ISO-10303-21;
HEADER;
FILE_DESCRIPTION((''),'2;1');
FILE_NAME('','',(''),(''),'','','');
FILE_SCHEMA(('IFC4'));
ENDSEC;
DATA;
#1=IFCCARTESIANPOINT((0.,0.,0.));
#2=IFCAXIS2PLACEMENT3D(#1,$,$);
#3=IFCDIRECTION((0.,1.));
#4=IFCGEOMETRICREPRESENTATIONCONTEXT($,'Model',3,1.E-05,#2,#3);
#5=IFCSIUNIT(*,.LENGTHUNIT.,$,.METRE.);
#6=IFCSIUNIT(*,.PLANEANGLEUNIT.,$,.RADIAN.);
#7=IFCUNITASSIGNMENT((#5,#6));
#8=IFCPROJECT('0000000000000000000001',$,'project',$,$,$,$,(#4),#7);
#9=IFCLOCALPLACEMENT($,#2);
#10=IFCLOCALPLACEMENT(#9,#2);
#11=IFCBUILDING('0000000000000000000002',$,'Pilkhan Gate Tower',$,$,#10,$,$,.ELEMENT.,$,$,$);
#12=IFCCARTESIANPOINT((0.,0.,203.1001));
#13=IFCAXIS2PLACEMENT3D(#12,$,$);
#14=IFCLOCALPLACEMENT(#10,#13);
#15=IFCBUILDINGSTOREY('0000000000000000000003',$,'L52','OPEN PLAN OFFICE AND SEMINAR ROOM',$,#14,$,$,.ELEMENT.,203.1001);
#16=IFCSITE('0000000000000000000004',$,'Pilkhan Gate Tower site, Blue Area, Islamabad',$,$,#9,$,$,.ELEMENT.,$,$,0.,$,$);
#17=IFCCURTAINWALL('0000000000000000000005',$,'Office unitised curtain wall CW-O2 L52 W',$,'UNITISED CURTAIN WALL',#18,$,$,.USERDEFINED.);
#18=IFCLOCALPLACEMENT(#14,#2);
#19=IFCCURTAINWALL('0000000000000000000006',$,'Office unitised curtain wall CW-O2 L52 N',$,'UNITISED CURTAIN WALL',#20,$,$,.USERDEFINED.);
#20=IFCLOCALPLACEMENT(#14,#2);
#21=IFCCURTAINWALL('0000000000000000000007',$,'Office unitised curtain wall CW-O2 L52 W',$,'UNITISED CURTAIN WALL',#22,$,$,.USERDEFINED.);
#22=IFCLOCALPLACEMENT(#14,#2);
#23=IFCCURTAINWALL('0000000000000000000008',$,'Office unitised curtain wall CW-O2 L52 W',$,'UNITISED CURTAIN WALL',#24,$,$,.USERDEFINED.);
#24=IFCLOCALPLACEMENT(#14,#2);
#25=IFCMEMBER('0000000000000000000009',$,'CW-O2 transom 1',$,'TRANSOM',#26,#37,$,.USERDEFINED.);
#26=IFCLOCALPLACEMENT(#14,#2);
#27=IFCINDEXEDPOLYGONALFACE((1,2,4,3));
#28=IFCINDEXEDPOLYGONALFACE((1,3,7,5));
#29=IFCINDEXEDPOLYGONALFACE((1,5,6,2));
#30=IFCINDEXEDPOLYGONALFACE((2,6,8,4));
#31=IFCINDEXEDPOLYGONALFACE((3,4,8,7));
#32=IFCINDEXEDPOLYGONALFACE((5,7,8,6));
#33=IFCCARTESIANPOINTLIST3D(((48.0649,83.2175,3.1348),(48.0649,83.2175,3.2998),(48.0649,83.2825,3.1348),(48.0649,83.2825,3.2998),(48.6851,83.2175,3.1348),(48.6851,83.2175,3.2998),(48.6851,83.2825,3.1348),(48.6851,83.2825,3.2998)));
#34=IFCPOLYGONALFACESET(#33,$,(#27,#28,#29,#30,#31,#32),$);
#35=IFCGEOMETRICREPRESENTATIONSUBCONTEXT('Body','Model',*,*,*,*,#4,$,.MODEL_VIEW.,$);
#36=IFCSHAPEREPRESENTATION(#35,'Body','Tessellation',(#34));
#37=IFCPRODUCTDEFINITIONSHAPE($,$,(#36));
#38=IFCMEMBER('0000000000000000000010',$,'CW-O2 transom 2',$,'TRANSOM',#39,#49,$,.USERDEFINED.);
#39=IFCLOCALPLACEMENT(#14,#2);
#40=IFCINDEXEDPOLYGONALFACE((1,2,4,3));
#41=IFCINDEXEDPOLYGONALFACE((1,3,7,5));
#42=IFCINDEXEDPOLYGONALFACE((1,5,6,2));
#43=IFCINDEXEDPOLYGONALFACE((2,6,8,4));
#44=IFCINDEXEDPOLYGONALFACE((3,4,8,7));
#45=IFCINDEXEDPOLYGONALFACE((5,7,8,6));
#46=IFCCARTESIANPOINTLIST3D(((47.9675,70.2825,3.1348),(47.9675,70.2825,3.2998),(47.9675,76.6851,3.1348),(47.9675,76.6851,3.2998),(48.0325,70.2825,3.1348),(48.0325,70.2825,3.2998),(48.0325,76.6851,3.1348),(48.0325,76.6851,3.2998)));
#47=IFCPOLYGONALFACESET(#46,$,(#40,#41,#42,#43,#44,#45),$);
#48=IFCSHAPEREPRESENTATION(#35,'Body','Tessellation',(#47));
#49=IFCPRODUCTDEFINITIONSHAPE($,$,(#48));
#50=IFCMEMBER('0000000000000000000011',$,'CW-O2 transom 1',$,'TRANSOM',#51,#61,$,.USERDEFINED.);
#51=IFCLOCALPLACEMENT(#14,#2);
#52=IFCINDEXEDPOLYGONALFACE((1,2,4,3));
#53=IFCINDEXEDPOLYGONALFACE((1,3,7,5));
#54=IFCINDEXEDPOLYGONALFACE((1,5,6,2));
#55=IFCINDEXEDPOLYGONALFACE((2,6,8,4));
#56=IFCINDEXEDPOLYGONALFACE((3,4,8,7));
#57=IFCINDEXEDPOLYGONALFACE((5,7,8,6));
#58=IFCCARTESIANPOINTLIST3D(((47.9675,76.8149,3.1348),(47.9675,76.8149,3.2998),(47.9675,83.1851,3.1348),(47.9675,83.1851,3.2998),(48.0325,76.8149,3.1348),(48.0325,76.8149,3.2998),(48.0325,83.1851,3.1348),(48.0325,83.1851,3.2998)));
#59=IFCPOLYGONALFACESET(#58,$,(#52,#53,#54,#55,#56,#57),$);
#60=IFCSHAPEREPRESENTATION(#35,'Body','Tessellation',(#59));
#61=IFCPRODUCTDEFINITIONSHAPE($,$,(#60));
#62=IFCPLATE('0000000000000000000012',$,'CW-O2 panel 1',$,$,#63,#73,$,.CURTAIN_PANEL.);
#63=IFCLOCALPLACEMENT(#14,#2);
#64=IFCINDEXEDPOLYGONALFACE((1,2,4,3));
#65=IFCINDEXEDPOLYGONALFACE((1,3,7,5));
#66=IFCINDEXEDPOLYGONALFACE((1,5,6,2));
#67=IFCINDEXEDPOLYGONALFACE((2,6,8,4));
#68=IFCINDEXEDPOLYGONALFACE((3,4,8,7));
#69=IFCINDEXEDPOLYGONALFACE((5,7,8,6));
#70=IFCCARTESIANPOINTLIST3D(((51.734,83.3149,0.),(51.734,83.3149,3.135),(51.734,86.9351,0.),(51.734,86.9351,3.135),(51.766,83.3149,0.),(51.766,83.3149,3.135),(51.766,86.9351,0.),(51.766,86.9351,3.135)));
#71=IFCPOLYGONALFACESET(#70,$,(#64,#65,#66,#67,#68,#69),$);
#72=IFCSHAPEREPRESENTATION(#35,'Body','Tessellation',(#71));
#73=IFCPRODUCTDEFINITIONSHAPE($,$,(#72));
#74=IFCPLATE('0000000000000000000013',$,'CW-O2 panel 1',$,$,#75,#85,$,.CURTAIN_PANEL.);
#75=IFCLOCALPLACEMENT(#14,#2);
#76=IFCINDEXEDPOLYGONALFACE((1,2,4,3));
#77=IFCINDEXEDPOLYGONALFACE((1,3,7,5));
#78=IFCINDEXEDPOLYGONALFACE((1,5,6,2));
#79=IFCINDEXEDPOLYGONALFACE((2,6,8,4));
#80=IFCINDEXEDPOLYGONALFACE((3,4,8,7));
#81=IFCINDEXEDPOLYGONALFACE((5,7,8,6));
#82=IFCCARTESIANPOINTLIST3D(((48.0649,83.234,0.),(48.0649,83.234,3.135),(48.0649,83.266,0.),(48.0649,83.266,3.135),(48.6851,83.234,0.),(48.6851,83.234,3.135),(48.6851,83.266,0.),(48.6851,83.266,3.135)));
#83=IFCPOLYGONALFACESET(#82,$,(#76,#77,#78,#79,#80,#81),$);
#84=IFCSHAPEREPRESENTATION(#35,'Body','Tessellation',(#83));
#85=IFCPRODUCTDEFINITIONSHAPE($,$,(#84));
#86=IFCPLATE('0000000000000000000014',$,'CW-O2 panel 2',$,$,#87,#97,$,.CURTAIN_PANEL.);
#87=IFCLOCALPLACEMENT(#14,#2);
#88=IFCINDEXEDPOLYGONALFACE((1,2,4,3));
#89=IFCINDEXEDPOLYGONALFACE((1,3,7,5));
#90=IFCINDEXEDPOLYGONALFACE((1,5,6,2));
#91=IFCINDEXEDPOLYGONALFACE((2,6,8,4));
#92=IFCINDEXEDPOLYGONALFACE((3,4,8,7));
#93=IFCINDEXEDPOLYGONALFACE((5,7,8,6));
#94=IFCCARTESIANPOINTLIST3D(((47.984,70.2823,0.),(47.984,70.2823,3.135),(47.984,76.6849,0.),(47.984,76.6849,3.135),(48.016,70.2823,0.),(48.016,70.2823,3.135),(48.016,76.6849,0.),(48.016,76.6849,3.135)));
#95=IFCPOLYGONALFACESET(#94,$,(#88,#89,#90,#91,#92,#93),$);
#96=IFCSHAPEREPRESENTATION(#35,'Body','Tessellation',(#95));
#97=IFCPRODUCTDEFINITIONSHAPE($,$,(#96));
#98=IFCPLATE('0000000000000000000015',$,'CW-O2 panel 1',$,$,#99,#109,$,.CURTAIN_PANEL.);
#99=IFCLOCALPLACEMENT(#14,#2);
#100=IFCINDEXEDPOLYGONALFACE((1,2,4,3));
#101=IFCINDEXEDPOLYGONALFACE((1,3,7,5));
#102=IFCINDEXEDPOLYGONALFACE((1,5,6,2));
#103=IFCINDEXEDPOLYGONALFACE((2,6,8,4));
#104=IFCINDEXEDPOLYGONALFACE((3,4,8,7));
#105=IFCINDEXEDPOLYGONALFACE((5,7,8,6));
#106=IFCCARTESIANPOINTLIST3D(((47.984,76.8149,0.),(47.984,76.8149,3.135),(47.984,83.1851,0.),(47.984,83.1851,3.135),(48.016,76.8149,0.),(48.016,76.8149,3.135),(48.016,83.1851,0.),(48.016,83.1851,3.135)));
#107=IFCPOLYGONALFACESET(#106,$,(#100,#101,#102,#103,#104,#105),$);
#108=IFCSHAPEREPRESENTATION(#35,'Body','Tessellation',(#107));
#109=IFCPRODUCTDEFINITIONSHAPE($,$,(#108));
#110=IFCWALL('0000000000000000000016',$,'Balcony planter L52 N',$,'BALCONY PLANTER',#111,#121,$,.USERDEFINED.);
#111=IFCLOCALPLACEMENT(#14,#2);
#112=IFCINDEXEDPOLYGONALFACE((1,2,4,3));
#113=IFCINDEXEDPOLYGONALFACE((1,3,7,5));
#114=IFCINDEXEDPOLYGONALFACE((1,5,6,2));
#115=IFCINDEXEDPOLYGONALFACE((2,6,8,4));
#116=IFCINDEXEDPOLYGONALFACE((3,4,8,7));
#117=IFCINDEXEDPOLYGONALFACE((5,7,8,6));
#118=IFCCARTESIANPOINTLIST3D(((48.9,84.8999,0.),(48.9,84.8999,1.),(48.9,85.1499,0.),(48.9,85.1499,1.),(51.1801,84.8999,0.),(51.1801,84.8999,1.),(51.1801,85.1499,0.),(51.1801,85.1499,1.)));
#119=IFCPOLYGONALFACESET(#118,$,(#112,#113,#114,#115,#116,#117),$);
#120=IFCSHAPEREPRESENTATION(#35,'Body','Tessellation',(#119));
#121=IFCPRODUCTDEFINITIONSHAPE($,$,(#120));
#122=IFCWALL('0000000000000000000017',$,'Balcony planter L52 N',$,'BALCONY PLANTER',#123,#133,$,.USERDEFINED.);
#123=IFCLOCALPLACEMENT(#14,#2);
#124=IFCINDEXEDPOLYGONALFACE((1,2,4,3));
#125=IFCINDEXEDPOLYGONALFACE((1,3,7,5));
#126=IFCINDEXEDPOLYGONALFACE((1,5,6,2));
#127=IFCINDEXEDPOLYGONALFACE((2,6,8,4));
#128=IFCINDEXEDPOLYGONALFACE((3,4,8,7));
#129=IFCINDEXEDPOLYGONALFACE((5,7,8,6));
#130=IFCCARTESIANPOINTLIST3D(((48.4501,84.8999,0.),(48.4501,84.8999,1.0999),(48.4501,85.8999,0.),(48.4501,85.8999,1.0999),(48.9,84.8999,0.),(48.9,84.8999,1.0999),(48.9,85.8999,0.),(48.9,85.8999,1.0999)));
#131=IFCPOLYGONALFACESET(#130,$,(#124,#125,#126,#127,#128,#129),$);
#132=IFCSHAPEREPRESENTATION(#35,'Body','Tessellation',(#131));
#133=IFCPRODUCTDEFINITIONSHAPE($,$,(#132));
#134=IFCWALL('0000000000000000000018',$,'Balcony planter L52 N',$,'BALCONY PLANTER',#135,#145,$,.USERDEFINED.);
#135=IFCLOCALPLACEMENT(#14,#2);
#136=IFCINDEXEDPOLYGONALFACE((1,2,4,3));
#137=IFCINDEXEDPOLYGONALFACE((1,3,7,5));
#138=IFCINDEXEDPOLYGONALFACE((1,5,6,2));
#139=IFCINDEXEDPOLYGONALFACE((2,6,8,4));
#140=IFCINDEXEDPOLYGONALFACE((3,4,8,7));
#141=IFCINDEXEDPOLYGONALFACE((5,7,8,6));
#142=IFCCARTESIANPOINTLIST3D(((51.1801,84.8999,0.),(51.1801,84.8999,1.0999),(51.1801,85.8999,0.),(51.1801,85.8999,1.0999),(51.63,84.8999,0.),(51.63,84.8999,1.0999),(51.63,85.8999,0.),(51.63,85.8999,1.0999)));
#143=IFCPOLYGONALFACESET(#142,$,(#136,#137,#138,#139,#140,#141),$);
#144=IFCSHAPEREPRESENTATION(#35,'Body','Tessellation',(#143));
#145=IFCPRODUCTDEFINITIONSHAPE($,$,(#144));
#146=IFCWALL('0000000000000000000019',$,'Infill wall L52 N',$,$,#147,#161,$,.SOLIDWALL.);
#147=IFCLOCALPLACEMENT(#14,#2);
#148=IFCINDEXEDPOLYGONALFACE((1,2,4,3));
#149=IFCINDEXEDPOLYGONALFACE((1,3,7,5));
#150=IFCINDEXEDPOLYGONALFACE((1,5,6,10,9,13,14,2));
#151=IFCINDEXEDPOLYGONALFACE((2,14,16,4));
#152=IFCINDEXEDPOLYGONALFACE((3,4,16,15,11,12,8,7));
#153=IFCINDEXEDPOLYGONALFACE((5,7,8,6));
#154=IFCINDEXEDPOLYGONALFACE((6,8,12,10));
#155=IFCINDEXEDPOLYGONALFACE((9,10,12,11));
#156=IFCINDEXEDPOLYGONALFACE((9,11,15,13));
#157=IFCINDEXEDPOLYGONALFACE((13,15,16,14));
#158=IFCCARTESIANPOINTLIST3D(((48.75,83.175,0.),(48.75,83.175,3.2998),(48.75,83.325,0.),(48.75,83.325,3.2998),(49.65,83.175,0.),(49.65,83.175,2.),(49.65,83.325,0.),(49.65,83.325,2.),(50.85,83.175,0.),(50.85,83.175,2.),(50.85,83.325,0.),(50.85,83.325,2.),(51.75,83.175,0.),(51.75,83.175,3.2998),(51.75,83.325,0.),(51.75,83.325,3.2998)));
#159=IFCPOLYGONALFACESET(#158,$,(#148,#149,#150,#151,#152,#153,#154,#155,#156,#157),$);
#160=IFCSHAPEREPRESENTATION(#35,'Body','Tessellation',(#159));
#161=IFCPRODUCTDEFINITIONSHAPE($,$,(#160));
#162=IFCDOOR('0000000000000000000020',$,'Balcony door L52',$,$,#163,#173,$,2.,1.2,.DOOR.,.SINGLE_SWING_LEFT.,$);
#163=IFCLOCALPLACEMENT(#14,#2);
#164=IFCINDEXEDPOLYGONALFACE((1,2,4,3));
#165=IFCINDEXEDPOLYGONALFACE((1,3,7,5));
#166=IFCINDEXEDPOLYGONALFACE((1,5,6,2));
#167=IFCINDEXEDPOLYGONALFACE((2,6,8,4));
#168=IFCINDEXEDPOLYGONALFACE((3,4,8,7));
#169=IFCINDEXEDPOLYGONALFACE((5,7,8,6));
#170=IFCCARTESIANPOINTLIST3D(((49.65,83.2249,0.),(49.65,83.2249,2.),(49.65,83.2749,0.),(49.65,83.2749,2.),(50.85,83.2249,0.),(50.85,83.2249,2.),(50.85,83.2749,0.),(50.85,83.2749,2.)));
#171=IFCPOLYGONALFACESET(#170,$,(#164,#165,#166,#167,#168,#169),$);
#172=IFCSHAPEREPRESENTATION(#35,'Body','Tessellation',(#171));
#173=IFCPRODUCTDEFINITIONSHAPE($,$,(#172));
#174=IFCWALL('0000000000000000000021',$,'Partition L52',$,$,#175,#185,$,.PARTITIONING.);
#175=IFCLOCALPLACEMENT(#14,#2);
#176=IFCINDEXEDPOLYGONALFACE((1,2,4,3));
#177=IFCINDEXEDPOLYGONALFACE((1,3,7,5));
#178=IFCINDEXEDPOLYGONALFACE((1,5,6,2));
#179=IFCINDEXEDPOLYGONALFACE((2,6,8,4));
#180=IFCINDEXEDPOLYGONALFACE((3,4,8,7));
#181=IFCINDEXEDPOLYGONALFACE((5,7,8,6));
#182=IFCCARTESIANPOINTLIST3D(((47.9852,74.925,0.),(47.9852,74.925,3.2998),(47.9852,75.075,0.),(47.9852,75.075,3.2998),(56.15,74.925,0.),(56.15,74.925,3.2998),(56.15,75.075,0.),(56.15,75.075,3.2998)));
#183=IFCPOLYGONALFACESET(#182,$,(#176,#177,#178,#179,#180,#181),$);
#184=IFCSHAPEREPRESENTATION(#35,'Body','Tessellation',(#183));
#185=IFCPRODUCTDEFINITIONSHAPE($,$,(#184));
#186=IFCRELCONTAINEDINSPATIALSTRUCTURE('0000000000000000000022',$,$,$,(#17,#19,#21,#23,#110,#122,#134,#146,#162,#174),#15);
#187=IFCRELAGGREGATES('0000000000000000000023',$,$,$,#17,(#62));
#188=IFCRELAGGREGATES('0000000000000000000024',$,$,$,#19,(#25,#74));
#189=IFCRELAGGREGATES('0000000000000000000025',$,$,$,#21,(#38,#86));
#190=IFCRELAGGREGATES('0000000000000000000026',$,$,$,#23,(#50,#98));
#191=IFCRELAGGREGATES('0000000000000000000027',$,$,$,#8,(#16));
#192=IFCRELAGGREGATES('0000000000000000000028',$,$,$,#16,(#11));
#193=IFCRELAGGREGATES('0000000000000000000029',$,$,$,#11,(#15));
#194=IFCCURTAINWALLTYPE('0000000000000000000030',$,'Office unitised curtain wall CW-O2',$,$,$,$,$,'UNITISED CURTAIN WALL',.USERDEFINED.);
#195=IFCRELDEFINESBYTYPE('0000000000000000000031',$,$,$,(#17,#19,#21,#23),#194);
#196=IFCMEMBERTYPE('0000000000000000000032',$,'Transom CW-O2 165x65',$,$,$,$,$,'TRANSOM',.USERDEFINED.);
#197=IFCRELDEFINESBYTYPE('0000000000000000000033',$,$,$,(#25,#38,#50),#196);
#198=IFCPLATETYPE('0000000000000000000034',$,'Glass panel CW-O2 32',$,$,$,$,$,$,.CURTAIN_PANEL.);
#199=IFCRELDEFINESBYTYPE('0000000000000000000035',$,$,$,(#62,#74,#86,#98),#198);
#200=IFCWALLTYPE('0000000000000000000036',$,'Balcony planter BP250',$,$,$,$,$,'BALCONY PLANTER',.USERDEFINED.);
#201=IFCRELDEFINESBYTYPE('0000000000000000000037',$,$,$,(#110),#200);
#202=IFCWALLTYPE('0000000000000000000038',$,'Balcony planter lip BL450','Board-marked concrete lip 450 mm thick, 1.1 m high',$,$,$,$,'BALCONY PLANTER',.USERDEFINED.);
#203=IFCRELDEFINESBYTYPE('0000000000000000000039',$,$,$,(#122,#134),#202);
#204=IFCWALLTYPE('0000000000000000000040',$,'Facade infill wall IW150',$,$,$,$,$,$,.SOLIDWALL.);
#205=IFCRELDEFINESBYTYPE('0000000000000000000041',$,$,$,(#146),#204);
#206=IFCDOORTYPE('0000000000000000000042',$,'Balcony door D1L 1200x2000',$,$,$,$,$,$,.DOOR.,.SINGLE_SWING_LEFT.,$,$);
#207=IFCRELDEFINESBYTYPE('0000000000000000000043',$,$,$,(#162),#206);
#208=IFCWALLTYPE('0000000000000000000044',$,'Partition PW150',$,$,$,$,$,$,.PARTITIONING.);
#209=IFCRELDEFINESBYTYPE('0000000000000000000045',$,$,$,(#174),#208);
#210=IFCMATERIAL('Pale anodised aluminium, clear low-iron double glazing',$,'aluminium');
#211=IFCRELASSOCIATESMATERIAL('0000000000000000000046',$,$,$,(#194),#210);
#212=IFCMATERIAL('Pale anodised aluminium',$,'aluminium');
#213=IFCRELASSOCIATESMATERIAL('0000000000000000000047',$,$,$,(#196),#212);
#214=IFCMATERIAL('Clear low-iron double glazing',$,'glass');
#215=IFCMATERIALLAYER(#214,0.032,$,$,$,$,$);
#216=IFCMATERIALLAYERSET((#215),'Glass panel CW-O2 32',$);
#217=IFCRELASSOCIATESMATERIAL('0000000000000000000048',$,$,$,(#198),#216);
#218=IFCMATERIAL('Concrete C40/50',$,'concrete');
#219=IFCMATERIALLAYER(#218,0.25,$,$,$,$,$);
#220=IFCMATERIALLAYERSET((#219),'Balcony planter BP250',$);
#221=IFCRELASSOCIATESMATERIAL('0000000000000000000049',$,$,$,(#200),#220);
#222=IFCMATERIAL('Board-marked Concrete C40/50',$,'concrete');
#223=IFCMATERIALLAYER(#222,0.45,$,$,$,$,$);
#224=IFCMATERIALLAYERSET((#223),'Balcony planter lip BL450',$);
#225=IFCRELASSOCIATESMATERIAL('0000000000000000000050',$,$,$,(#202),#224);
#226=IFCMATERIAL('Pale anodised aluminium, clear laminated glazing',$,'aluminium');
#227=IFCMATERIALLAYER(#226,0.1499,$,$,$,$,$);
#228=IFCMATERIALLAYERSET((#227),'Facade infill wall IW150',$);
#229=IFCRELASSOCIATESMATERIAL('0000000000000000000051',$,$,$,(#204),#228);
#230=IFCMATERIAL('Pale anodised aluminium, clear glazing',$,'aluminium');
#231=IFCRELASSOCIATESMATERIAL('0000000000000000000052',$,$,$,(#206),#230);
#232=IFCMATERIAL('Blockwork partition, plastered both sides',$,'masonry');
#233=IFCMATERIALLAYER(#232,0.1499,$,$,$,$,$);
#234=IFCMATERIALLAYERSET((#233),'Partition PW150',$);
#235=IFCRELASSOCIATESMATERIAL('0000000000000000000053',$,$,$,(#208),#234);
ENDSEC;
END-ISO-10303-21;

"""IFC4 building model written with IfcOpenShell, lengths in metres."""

from ifc_helpers import new_model, si_unit, direction, frame, frame_2d, origin, origin_2d, place, context, subcontext, project, spatial, rectangle, extrude, material, layer, layer_set, material_profile, profile_set, type_object, element, fill, aggregate, save


model = new_model("IFC4")

# Units and contexts
model_context = context("Model", 3, precision=1e-05, world=origin(), true_north=direction((0.0, 1.0)))
body_context = subcontext(model_context, "Body", "Model", "MODEL_VIEW")
ifc_project = project(units=[si_unit("LENGTHUNIT", "METRE"), si_unit("PLANEANGLEUNIT", "RADIAN")], contexts=[model_context])

# Site, building, storey
site_placement = place(None, origin())
site = spatial("IfcSite", under=ifc_project, at=site_placement, Name="Pilkhan Gate Tower site, Blue Area, Islamabad", CompositionType="ELEMENT", RefElevation=0.0)
building_placement = place(site_placement, origin())
building = spatial("IfcBuilding", under=site, at=building_placement, Name="Pilkhan Gate Tower", CompositionType="ELEMENT")
storey_placement = place(building_placement, frame((0.0, 0.0, 203.1001)))
storey = spatial("IfcBuildingStorey", under=building, at=storey_placement, Name="L52", Description="OPEN PLAN OFFICE AND SEMINAR ROOM", CompositionType="ELEMENT", Elevation=203.1001)

# Curtain wall
ifc_material_1 = material(Name="Pale anodised aluminium, clear low-iron double glazing", Category="aluminium")
curtain_wall_type = type_object("IfcCurtainWallType", Name="Office unitised curtain wall CW-O2", ElementType="UNITISED CURTAIN WALL", PredefinedType="USERDEFINED", material=ifc_material_1)
curtain_wall_1_placement = place(storey_placement, origin())
curtain_wall_1 = element("IfcCurtainWall", 1, at=curtain_wall_1_placement, inside=storey, type_object=curtain_wall_type, Name="Office unitised curtain wall CW-O2 L52 W", ObjectType="UNITISED CURTAIN WALL", PredefinedType="USERDEFINED")
ifc_material_2 = material(Name="Pale anodised aluminium", Category="aluminium")

# Curtain walls
curtain_wall_2_placement = place(storey_placement, origin())
curtain_wall_2 = element("IfcCurtainWall", 2, at=curtain_wall_2_placement, inside=storey, type_object=curtain_wall_type, Name="Office unitised curtain wall CW-O2 L52 N", ObjectType="UNITISED CURTAIN WALL", PredefinedType="USERDEFINED")
curtain_wall_3_placement = place(storey_placement, origin())
curtain_wall_3 = element("IfcCurtainWall", 3, at=curtain_wall_3_placement, inside=storey, type_object=curtain_wall_type, Name="Office unitised curtain wall CW-O2 L52 W", ObjectType="UNITISED CURTAIN WALL", PredefinedType="USERDEFINED")
curtain_wall_4_placement = place(storey_placement, origin())
curtain_wall_4 = element("IfcCurtainWall", 4, at=curtain_wall_4_placement, inside=storey, type_object=curtain_wall_type, Name="Office unitised curtain wall CW-O2 L52 W", ObjectType="UNITISED CURTAIN WALL", PredefinedType="USERDEFINED")

# Members
ifc_material_profile_1 = material_profile(ifc_material_2, rectangle(XDim=0.0649, YDim=0.165, at=origin_2d()), Name="Transom 165x65")
ifc_profile_set_1 = profile_set([ifc_material_profile_1], Name="Pale anodised aluminium")
member_type_1 = type_object("IfcMemberType", Name="Transom CW-O2 165x65", ElementType="TRANSOM", PredefinedType="USERDEFINED", material=ifc_profile_set_1)
member_1_placement = place(storey_placement, frame((48.0649, 83.25, 3.2173), z_axis=(1.0, 0.0, 0.0), x_axis=(0.0, 1.0, 0.0)))
member_1 = element("IfcMember", 5, at=member_1_placement, type_object=member_type_1, Name="CW-O2 transom 1", ObjectType="TRANSOM", PredefinedType="USERDEFINED", context=body_context, shape_type="SweptSolid", body=[
    extrude(rectangle(XDim=0.0649, YDim=0.165, at=origin_2d()), origin(), (0.0, 0.0, 1.0), 0.6201),
])
member_2_placement = place(storey_placement, frame((48.0, 70.2825, 3.2173), z_axis=(0.0, 1.0, 0.0), x_axis=(-1.0, 0.0, 0.0)))
member_2 = element("IfcMember", 6, at=member_2_placement, type_object=member_type_1, Name="CW-O2 transom 2", ObjectType="TRANSOM", PredefinedType="USERDEFINED", context=body_context, shape_type="SweptSolid", body=[
    extrude(rectangle(XDim=0.0649, YDim=0.165, at=origin_2d()), origin(), (0.0, 0.0, 1.0), 6.4026),
])
member_3_placement = place(storey_placement, frame((48.0, 76.8149, 3.2173), z_axis=(0.0, 1.0, 0.0), x_axis=(-1.0, 0.0, 0.0)))
member_3 = element("IfcMember", 7, at=member_3_placement, type_object=member_type_1, Name="CW-O2 transom 1", ObjectType="TRANSOM", PredefinedType="USERDEFINED", context=body_context, shape_type="SweptSolid", body=[
    extrude(rectangle(XDim=0.0649, YDim=0.165, at=origin_2d()), origin(), (0.0, 0.0, 1.0), 6.3701),
])

# Plates
ifc_material_3 = material(Name="Clear low-iron double glazing", Category="glass")
ifc_layer_1 = layer(ifc_material_3, 0.032)
ifc_layer_set_1 = layer_set([ifc_layer_1], Name="Glass panel CW-O2 32")
plate_type = type_object("IfcPlateType", Name="Glass panel CW-O2 32", PredefinedType="CURTAIN_PANEL", material=ifc_layer_set_1)
plate_1_placement = place(storey_placement, frame((51.75, 85.125, 0.0), z_axis=(0.0, 0.0, 1.0), x_axis=(0.0, 1.0, 0.0)))
plate_1 = element("IfcPlate", 8, at=plate_1_placement, type_object=plate_type, Name="CW-O2 panel 1", PredefinedType="CURTAIN_PANEL", context=body_context, shape_type="SweptSolid", body=[
    extrude(rectangle(XDim=3.6201, YDim=0.032, at=origin_2d()), origin(), (0.0, 0.0, 1.0), 3.135),
])
aggregate(curtain_wall_1, [plate_1])
plate_2_placement = place(storey_placement, frame((48.375, 83.25, 0.0), z_axis=(0.0, 0.0, 1.0), x_axis=(1.0, 0.0, 0.0)))
plate_2 = element("IfcPlate", 9, at=plate_2_placement, type_object=plate_type, Name="CW-O2 panel 1", PredefinedType="CURTAIN_PANEL", context=body_context, shape_type="SweptSolid", body=[
    extrude(rectangle(XDim=0.6201, YDim=0.032, at=origin_2d()), origin(), (0.0, 0.0, 1.0), 3.135),
])
aggregate(curtain_wall_2, [member_1, plate_2])
plate_3_placement = place(storey_placement, frame((48.0, 73.4836, 0.0), z_axis=(0.0, 0.0, 1.0), x_axis=(0.0, 1.0, 0.0)))
plate_3 = element("IfcPlate", 10, at=plate_3_placement, type_object=plate_type, Name="CW-O2 panel 2", PredefinedType="CURTAIN_PANEL", context=body_context, shape_type="SweptSolid", body=[
    extrude(rectangle(XDim=6.4026, YDim=0.032, at=origin_2d()), origin(), (0.0, 0.0, 1.0), 3.135),
])
aggregate(curtain_wall_3, [member_2, plate_3])
plate_4_placement = place(storey_placement, frame((48.0, 80.0, 0.0), z_axis=(0.0, 0.0, 1.0), x_axis=(0.0, 1.0, 0.0)))
plate_4 = element("IfcPlate", 11, at=plate_4_placement, type_object=plate_type, Name="CW-O2 panel 1", PredefinedType="CURTAIN_PANEL", context=body_context, shape_type="SweptSolid", body=[
    extrude(rectangle(XDim=6.3701, YDim=0.032, at=origin_2d()), origin(), (0.0, 0.0, 1.0), 3.135),
])
aggregate(curtain_wall_4, [member_3, plate_4])

# Walls
ifc_material_4 = material(Name="Concrete C40/50", Category="concrete")
ifc_layer_2 = layer(ifc_material_4, 0.25)
ifc_layer_set_2 = layer_set([ifc_layer_2], Name="Balcony planter BP250")
wall_type_1 = type_object("IfcWallType", Name="Balcony planter BP250", ElementType="BALCONY PLANTER", PredefinedType="USERDEFINED", material=ifc_layer_set_2)
wall_1_placement = place(storey_placement, frame((48.8999, 85.0249, 0.0), z_axis=(0.0, 0.0, 1.0), x_axis=(1.0, 0.0, 0.0)))
element("IfcWall", 12, at=wall_1_placement, inside=storey, type_object=wall_type_1, Name="Balcony planter L52 N", ObjectType="BALCONY PLANTER", PredefinedType="USERDEFINED", context=body_context, shape_type="SweptSolid", body=[
    extrude(rectangle(XDim=2.28, YDim=0.25, at=frame_2d((1.1401, 0.0))), origin(), (0.0, 0.0, 1.0), 1.0),
])
ifc_material_5 = material(Name="Board-marked Concrete C40/50", Category="concrete")
ifc_layer_3 = layer(ifc_material_5, 0.45)
ifc_layer_set_3 = layer_set([ifc_layer_3], Name="Balcony planter lip BL450")
wall_type_2 = type_object("IfcWallType", Name="Balcony planter lip BL450", Description="Board-marked concrete lip 450 mm thick, 1.1 m high", ElementType="BALCONY PLANTER", PredefinedType="USERDEFINED", material=ifc_layer_set_3)
for number, where, z_axis, x_axis, name in (
    (13, (48.675, 84.8999, 0.0), (0.0, 0.0, 1.0), (0.0, 1.0, 0.0), "Balcony planter L52 N"),
    (14, (51.405, 84.8999, 0.0), (0.0, 0.0, 1.0), (0.0, 1.0, 0.0), "Balcony planter L52 N"),
):
    element("IfcWall", number, at=place(storey_placement, frame(where, z_axis=z_axis, x_axis=x_axis)), inside=storey, type_object=wall_type_2, Name=name, ObjectType="BALCONY PLANTER", PredefinedType="USERDEFINED", context=body_context, shape_type="SweptSolid", body=[
        extrude(rectangle(XDim=1.0, YDim=0.45, at=frame_2d((0.5, 0.0))), origin(), (0.0, 0.0, 1.0), 1.0999),
    ])

# Wall, opening, door
ifc_material_6 = material(Name="Pale anodised aluminium, clear laminated glazing", Category="aluminium")
ifc_layer_4 = layer(ifc_material_6, 0.1499)
ifc_layer_set_4 = layer_set([ifc_layer_4], Name="Facade infill wall IW150")
wall_type_3 = type_object("IfcWallType", Name="Facade infill wall IW150", PredefinedType="SOLIDWALL", material=ifc_layer_set_4)
wall_2_placement = place(storey_placement, frame((48.75, 83.25, 0.0), z_axis=(0.0, 0.0, 1.0), x_axis=(1.0, 0.0, 0.0)))
wall_2 = element("IfcWall", 15, at=wall_2_placement, inside=storey, type_object=wall_type_3, Name="Infill wall L52 N", PredefinedType="SOLIDWALL", context=body_context, shape_type="SweptSolid", body=[
    extrude(rectangle(XDim=3.0, YDim=0.1499, at=frame_2d((1.5, 0.0))), origin(), (0.0, 0.0, 1.0), 3.2998),
])
opening_placement = place(wall_2_placement, frame((0.8999, 0.0, 0.0)))
opening = element("IfcOpeningElement", 16, at=opening_placement, cuts=wall_2, PredefinedType="OPENING", context=body_context, shape_type="SweptSolid", body=[
    extrude(rectangle(XDim=1.2, YDim=2.0, at=frame_2d((0.6001, 1.0))), frame((0.0, 0.085, 0.0), z_axis=(0.0, -1.0, 0.0), x_axis=(1.0, 0.0, 0.0)), (0.0, 0.0, 1.0), 0.1699),
])
ifc_material_7 = material(Name="Pale anodised aluminium, clear glazing", Category="aluminium")
door_type = type_object("IfcDoorType", Name="Balcony door D1L 1200x2000", OperationType="SINGLE_SWING_LEFT", PredefinedType="DOOR", material=ifc_material_7)
door_placement = place(opening_placement, origin())
door = element("IfcDoor", 17, at=door_placement, inside=storey, type_object=door_type, Name="Balcony door L52", OperationType="SINGLE_SWING_LEFT", OverallHeight=2.0, OverallWidth=1.2, PredefinedType="DOOR", context=body_context, shape_type="SweptSolid", body=[
    extrude(rectangle(XDim=1.2, YDim=2.0, at=frame_2d((0.6001, 1.0))), frame((0.0, 0.0249, 0.0), z_axis=(0.0, -1.0, 0.0), x_axis=(1.0, 0.0, 0.0)), (0.0, 0.0, 1.0), 0.05),
])
fill(opening, door)

# Wall
ifc_material_8 = material(Name="Blockwork partition, plastered both sides", Category="masonry")
ifc_layer_5 = layer(ifc_material_8, 0.1499)
ifc_layer_set_5 = layer_set([ifc_layer_5], Name="Partition PW150")
wall_type_4 = type_object("IfcWallType", Name="Partition PW150", PredefinedType="PARTITIONING", material=ifc_layer_set_5)
wall_3_placement = place(storey_placement, frame((47.9851, 75.0, 0.0), z_axis=(0.0, 0.0, 1.0), x_axis=(1.0, 0.0, 0.0)))
element("IfcWall", 18, at=wall_3_placement, inside=storey, type_object=wall_type_4, Name="Partition L52", PredefinedType="PARTITIONING", context=body_context, shape_type="SweptSolid", body=[
    extrude(rectangle(XDim=8.1648, YDim=0.1499, at=frame_2d((4.0825, 0.0))), origin(), (0.0, 0.0, 1.0), 3.2998),
])

save(model, "model.ifc")
